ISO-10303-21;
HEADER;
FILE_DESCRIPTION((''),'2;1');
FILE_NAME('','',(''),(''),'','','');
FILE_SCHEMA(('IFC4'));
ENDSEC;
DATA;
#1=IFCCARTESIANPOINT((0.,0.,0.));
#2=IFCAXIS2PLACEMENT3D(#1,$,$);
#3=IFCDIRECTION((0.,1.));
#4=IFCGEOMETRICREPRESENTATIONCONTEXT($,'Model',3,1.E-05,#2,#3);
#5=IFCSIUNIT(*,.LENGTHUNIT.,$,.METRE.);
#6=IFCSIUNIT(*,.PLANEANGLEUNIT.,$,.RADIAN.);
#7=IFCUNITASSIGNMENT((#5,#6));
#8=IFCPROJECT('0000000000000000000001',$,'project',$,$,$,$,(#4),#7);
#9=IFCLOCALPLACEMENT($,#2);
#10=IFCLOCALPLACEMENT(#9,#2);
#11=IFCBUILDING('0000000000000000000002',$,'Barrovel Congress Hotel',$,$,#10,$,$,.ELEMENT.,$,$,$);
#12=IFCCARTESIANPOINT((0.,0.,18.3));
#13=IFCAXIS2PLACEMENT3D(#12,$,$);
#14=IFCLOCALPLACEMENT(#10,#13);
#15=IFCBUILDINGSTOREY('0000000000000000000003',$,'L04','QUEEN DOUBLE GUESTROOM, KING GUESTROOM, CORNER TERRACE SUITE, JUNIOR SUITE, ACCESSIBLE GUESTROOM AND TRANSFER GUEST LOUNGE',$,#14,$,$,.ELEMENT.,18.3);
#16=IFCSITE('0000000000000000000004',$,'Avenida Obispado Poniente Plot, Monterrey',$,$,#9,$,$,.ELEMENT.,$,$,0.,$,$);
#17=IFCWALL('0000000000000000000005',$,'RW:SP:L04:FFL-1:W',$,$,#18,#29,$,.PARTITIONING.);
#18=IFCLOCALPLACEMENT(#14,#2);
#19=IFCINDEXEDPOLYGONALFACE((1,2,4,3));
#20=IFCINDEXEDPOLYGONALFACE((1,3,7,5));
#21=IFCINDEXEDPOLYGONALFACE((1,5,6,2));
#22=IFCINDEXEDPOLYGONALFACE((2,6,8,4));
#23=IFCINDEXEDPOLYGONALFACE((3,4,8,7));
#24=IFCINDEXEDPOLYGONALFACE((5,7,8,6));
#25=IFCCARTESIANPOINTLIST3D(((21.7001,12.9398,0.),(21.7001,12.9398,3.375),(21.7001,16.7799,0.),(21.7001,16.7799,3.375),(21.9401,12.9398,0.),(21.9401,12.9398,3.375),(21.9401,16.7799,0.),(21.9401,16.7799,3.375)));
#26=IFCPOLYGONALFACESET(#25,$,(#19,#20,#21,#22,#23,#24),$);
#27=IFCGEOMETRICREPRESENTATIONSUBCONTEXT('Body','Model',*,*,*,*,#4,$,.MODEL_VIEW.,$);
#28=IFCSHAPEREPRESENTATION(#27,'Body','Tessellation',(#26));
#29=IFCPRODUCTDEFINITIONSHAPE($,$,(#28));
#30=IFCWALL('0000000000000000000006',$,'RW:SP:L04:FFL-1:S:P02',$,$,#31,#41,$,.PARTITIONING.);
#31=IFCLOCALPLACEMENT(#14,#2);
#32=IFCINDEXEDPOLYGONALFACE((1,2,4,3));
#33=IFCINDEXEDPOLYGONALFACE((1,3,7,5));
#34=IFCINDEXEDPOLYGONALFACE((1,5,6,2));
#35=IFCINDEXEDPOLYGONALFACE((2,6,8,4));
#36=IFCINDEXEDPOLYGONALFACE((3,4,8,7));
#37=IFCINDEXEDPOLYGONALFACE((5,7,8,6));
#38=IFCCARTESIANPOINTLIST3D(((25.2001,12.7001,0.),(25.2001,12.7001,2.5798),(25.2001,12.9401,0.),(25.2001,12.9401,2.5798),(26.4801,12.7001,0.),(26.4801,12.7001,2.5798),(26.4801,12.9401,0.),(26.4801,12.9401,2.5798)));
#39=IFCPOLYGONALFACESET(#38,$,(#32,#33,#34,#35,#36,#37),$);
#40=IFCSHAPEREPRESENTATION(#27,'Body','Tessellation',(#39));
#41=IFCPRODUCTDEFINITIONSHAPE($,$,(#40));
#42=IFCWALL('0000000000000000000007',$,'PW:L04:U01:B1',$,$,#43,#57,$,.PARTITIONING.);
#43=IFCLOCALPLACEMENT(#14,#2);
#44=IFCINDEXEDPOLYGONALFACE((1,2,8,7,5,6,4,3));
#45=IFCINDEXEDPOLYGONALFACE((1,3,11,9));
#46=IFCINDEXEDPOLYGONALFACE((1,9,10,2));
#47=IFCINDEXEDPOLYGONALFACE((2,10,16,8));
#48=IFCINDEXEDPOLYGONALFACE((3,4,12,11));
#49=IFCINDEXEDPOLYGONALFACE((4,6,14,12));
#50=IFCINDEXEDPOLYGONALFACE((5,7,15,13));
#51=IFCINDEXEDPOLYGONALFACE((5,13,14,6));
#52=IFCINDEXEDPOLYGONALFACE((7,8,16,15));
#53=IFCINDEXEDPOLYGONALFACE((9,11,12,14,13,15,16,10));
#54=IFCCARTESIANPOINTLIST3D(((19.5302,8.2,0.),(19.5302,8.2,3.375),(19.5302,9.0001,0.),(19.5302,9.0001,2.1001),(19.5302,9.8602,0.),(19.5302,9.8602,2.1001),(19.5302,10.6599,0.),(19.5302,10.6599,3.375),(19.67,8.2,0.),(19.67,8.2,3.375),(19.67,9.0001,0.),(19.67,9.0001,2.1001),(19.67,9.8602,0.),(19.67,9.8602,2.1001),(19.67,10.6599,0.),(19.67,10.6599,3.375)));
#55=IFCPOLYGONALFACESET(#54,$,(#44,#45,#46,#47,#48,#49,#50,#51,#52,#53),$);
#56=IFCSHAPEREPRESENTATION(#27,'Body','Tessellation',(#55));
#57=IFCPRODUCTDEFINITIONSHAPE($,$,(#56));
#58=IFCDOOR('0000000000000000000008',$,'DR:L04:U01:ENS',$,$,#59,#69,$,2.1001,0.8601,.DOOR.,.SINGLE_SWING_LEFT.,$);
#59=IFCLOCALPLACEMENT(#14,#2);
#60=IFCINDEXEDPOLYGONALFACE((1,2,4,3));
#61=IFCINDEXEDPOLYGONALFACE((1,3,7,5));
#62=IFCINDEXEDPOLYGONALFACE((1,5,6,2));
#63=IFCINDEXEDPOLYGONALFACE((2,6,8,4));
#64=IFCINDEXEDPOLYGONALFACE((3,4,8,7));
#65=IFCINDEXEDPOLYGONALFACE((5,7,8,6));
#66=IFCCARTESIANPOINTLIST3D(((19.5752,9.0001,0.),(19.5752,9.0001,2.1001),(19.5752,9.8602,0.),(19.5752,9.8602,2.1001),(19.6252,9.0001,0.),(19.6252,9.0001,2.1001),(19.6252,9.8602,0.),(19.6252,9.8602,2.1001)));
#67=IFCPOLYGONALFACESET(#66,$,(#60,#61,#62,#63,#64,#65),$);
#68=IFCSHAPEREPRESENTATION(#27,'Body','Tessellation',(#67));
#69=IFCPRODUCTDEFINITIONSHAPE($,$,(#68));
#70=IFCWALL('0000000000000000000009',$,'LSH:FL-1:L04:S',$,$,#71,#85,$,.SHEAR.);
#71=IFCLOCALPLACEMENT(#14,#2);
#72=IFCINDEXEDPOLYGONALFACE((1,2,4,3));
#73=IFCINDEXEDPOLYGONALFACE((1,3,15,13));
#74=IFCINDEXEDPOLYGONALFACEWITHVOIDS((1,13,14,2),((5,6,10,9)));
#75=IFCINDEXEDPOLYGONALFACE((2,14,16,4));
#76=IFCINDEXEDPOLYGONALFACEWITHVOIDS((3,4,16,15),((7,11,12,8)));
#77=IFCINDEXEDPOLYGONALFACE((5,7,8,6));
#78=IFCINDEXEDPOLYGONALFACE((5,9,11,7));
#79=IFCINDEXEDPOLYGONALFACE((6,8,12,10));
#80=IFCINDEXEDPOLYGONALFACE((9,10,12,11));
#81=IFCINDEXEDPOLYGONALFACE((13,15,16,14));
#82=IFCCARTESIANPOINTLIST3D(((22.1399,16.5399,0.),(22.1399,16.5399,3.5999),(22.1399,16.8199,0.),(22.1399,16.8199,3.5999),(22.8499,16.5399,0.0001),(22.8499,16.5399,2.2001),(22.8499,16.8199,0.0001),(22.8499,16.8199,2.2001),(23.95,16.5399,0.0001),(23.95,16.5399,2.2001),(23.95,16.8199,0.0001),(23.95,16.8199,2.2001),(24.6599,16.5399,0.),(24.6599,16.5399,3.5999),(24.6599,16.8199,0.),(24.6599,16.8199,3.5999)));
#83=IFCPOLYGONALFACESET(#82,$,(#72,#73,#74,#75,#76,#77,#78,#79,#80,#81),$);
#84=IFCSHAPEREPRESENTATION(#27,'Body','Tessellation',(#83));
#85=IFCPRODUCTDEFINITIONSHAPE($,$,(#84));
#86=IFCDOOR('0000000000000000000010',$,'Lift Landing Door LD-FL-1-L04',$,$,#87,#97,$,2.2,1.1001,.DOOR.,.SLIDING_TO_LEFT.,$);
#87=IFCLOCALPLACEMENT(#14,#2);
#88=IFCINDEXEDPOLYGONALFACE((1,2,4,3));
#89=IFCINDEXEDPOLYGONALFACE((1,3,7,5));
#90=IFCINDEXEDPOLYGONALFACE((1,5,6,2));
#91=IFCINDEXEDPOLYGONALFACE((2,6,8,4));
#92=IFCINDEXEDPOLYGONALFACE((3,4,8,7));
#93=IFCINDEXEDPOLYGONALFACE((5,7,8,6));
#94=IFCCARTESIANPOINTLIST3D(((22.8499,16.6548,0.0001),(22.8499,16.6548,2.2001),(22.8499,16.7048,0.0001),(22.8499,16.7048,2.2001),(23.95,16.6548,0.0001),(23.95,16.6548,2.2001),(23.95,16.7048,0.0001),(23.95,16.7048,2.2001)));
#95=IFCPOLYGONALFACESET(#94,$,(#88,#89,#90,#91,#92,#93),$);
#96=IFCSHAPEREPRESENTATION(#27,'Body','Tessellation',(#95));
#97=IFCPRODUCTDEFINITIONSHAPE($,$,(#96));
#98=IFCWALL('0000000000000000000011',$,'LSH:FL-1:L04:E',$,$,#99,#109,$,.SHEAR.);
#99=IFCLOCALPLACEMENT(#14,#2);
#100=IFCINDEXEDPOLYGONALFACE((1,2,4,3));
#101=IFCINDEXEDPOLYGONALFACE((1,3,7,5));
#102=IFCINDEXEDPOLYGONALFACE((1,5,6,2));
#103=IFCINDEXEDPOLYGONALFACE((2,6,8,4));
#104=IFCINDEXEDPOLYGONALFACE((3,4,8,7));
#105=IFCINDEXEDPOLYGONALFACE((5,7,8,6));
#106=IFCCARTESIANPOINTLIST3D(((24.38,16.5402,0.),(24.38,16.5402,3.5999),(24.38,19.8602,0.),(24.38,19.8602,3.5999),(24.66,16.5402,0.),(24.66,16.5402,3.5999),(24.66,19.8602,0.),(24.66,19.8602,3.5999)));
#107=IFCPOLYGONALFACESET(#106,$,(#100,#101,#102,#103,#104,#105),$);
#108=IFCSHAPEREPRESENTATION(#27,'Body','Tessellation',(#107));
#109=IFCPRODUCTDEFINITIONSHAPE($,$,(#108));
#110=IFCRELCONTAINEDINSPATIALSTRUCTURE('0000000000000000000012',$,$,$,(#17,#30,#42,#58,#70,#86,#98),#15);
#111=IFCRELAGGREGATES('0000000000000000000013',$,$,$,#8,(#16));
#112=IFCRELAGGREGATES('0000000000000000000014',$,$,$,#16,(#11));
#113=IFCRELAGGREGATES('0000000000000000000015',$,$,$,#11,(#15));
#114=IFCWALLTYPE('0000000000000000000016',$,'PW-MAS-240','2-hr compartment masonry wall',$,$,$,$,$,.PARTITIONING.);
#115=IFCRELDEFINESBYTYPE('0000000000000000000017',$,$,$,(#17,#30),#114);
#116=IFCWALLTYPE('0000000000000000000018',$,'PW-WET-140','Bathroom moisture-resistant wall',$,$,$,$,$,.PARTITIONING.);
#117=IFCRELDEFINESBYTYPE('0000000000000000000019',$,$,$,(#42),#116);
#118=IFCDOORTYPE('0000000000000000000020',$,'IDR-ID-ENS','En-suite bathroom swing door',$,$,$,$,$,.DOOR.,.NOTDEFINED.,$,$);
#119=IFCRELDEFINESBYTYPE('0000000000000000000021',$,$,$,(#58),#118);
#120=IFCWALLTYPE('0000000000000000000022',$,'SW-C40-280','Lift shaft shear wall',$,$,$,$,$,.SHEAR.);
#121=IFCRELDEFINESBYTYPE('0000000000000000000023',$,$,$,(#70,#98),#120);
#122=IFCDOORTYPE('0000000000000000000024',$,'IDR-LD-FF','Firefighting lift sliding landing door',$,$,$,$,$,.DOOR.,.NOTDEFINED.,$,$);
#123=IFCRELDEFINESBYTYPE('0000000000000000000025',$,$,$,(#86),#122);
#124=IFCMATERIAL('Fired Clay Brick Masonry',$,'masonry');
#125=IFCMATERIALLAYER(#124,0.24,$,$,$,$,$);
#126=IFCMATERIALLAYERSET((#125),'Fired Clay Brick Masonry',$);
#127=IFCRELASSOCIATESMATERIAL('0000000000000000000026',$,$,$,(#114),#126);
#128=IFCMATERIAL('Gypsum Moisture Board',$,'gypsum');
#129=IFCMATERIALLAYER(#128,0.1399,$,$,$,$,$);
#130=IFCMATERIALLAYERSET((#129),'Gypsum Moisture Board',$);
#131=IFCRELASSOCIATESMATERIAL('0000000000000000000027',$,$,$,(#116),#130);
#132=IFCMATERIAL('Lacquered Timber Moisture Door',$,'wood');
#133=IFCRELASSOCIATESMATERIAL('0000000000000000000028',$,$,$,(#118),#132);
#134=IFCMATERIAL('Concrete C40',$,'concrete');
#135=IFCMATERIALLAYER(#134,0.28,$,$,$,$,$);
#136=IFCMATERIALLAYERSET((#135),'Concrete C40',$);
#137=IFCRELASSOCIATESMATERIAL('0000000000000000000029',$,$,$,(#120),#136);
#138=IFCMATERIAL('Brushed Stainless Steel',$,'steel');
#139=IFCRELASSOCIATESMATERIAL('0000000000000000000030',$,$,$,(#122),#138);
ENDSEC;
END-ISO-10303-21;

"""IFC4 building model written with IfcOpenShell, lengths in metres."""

from ifc_helpers import new_model, si_unit, direction, frame, frame_2d, origin, place, context, subcontext, project, spatial, rectangle, extrude, material, layer, layer_set, type_object, element, fill, save


model = new_model("IFC4")

# Units and contexts
model_context = context("Model", 3, precision=1e-05, world=origin(), true_north=direction((0.0, 1.0)))
body_context = subcontext(model_context, "Body", "Model", "MODEL_VIEW")
ifc_project = project(units=[si_unit("LENGTHUNIT", "METRE"), si_unit("PLANEANGLEUNIT", "RADIAN")], contexts=[model_context])

# Site, building, storey
site_placement = place(None, origin())
site = spatial("IfcSite", under=ifc_project, at=site_placement, Name="Avenida Obispado Poniente Plot, Monterrey", CompositionType="ELEMENT", RefElevation=0.0)
building_placement = place(site_placement, origin())
building = spatial("IfcBuilding", under=site, at=building_placement, Name="Barrovel Congress Hotel", CompositionType="ELEMENT")
storey_placement = place(building_placement, frame((0.0, 0.0, 18.3)))
storey = spatial("IfcBuildingStorey", under=building, at=storey_placement, Name="L04", Description="QUEEN DOUBLE GUESTROOM, KING GUESTROOM, CORNER TERRACE SUITE, JUNIOR SUITE, ACCESSIBLE GUESTROOM AND TRANSFER GUEST LOUNGE", CompositionType="ELEMENT", Elevation=18.3)

# Shared definitions
ifc_material_1 = material(Name="Concrete C40", Category="concrete")

# Shared definitions
ifc_material_2 = material(Name="Fired Clay Brick Masonry", Category="masonry")

# Shared definitions
ifc_layer_1 = layer(ifc_material_2, 0.24)
ifc_layer_set_1 = layer_set([ifc_layer_1], Name="Fired Clay Brick Masonry")
wall_type_1 = type_object("IfcWallType", Name="PW-MAS-240", Description="2-hr compartment masonry wall", PredefinedType="PARTITIONING", material=ifc_layer_set_1)

# Walls
wall_1_placement = place(storey_placement, frame((21.8201, 12.9399, 0.0), z_axis=(0.0, 0.0, 1.0), x_axis=(0.0, 1.0, 0.0)))
element("IfcWall", 1, at=wall_1_placement, inside=storey, type_object=wall_type_1, Name="RW:SP:L04:FFL-1:W", PredefinedType="PARTITIONING", context=body_context, shape_type="SweptSolid", body=[
    extrude(rectangle(XDim=3.8401, YDim=0.24, at=frame_2d((1.9199, 0.0))), origin(), (0.0, 0.0, 1.0), 3.375),
])
wall_2_placement = place(storey_placement, frame((25.2, 12.8201, 0.0), z_axis=(0.0, 0.0, 1.0), x_axis=(1.0, 0.0, 0.0)))
element("IfcWall", 2, at=wall_2_placement, inside=storey, type_object=wall_type_1, Name="RW:SP:L04:FFL-1:S:P02", PredefinedType="PARTITIONING", context=body_context, shape_type="SweptSolid", body=[
    extrude(rectangle(XDim=1.28, YDim=0.24, at=frame_2d((0.6401, 0.0))), origin(), (0.0, 0.0, 1.0), 2.5798),
])

# Walls, openings, doors
ifc_material_3 = material(Name="Gypsum Moisture Board", Category="gypsum")
ifc_layer_2 = layer(ifc_material_3, 0.1399)
ifc_layer_set_2 = layer_set([ifc_layer_2], Name="Gypsum Moisture Board")
wall_type_2 = type_object("IfcWallType", Name="PW-WET-140", Description="Bathroom moisture-resistant wall", PredefinedType="PARTITIONING", material=ifc_layer_set_2)
wall_3_placement = place(storey_placement, frame((19.6001, 8.2, 0.0), z_axis=(0.0, 0.0, 1.0), x_axis=(0.0, 1.0, 0.0)))
wall_3 = element("IfcWall", 3, at=wall_3_placement, inside=storey, type_object=wall_type_2, Name="PW:L04:U01:B1", PredefinedType="PARTITIONING", context=body_context, shape_type="SweptSolid", body=[
    extrude(rectangle(XDim=2.46, YDim=0.1399, at=frame_2d((1.23, 0.0))), origin(), (0.0, 0.0, 1.0), 3.375),
])
opening_1_placement = place(wall_3_placement, frame((0.8, 0.0, 0.0)))
opening_1 = element("IfcOpeningElement", 4, at=opening_1_placement, cuts=wall_3, PredefinedType="OPENING", context=body_context, shape_type="SweptSolid", body=[
    extrude(rectangle(XDim=0.8601, YDim=2.1001, at=frame_2d((0.4302, 1.05))), frame((0.0, 0.0801, 0.0), z_axis=(0.0, -1.0, 0.0), x_axis=(1.0, 0.0, 0.0)), (0.0, 0.0, 1.0), 0.1599),
])
ifc_material_4 = material(Name="Lacquered Timber Moisture Door", Category="wood")
door_type_1 = type_object("IfcDoorType", Name="IDR-ID-ENS", Description="En-suite bathroom swing door", OperationType="NOTDEFINED", PredefinedType="DOOR", material=ifc_material_4)
door_1_placement = place(opening_1_placement, origin())
door_1 = element("IfcDoor", 5, at=door_1_placement, inside=storey, type_object=door_type_1, Name="DR:L04:U01:ENS", OperationType="SINGLE_SWING_LEFT", OverallHeight=2.1001, OverallWidth=0.8601, PredefinedType="DOOR", context=body_context, shape_type="SweptSolid", body=[
    extrude(rectangle(XDim=0.8601, YDim=2.1001, at=frame_2d((0.4302, 1.05))), frame((0.0, 0.0249, 0.0), z_axis=(0.0, -1.0, 0.0), x_axis=(1.0, 0.0, 0.0)), (0.0, 0.0, 1.0), 0.05),
])
fill(opening_1, door_1)
ifc_layer_3 = layer(ifc_material_1, 0.28)
ifc_layer_set_3 = layer_set([ifc_layer_3], Name="Concrete C40")
wall_type_3 = type_object("IfcWallType", Name="SW-C40-280", Description="Lift shaft shear wall", PredefinedType="SHEAR", material=ifc_layer_set_3)
wall_4_placement = place(storey_placement, frame((22.1399, 16.6799, 0.0), z_axis=(0.0, 0.0, 1.0), x_axis=(1.0, 0.0, 0.0)))
wall_4 = element("IfcWall", 6, at=wall_4_placement, inside=storey, type_object=wall_type_3, Name="LSH:FL-1:L04:S", PredefinedType="SHEAR", context=body_context, shape_type="SweptSolid", body=[
    extrude(rectangle(XDim=2.52, YDim=0.28, at=frame_2d((1.26, 0.0))), origin(), (0.0, 0.0, 1.0), 3.5999),
])
opening_2_placement = place(wall_4_placement, frame((0.71, 0.0, 0.0)))
opening_2 = element("IfcOpeningElement", 7, at=opening_2_placement, cuts=wall_4, PredefinedType="OPENING", context=body_context, shape_type="SweptSolid", body=[
    extrude(rectangle(XDim=1.1001, YDim=2.2, at=frame_2d((0.55, 1.1001))), frame((0.0, 0.1499, 0.0), z_axis=(0.0, -1.0, 0.0), x_axis=(1.0, 0.0, 0.0)), (0.0, 0.0, 1.0), 0.3),
])
ifc_material_5 = material(Name="Brushed Stainless Steel", Category="steel")
door_type_2 = type_object("IfcDoorType", Name="IDR-LD-FF", Description="Firefighting lift sliding landing door", OperationType="NOTDEFINED", PredefinedType="DOOR", material=ifc_material_5)
door_2_placement = place(opening_2_placement, origin())
door_2 = element("IfcDoor", 8, at=door_2_placement, inside=storey, type_object=door_type_2, Name="Lift Landing Door LD-FL-1-L04", OperationType="SLIDING_TO_LEFT", OverallHeight=2.2, OverallWidth=1.1001, PredefinedType="DOOR", context=body_context, shape_type="SweptSolid", body=[
    extrude(rectangle(XDim=1.1001, YDim=2.2, at=frame_2d((0.55, 1.1001))), frame((0.0, 0.0249, 0.0), z_axis=(0.0, -1.0, 0.0), x_axis=(1.0, 0.0, 0.0)), (0.0, 0.0, 1.0), 0.05),
])
fill(opening_2, door_2)

# Wall
wall_5_placement = place(storey_placement, frame((24.52, 16.54, 0.0), z_axis=(0.0, 0.0, 1.0), x_axis=(0.0, 1.0, 0.0)))
element("IfcWall", 9, at=wall_5_placement, inside=storey, type_object=wall_type_3, Name="LSH:FL-1:L04:E", PredefinedType="SHEAR", context=body_context, shape_type="SweptSolid", body=[
    extrude(rectangle(XDim=3.3201, YDim=0.28, at=frame_2d((1.6602, 0.0))), origin(), (0.0, 0.0, 1.0), 3.5999),
])

save(model, "model.ifc")
